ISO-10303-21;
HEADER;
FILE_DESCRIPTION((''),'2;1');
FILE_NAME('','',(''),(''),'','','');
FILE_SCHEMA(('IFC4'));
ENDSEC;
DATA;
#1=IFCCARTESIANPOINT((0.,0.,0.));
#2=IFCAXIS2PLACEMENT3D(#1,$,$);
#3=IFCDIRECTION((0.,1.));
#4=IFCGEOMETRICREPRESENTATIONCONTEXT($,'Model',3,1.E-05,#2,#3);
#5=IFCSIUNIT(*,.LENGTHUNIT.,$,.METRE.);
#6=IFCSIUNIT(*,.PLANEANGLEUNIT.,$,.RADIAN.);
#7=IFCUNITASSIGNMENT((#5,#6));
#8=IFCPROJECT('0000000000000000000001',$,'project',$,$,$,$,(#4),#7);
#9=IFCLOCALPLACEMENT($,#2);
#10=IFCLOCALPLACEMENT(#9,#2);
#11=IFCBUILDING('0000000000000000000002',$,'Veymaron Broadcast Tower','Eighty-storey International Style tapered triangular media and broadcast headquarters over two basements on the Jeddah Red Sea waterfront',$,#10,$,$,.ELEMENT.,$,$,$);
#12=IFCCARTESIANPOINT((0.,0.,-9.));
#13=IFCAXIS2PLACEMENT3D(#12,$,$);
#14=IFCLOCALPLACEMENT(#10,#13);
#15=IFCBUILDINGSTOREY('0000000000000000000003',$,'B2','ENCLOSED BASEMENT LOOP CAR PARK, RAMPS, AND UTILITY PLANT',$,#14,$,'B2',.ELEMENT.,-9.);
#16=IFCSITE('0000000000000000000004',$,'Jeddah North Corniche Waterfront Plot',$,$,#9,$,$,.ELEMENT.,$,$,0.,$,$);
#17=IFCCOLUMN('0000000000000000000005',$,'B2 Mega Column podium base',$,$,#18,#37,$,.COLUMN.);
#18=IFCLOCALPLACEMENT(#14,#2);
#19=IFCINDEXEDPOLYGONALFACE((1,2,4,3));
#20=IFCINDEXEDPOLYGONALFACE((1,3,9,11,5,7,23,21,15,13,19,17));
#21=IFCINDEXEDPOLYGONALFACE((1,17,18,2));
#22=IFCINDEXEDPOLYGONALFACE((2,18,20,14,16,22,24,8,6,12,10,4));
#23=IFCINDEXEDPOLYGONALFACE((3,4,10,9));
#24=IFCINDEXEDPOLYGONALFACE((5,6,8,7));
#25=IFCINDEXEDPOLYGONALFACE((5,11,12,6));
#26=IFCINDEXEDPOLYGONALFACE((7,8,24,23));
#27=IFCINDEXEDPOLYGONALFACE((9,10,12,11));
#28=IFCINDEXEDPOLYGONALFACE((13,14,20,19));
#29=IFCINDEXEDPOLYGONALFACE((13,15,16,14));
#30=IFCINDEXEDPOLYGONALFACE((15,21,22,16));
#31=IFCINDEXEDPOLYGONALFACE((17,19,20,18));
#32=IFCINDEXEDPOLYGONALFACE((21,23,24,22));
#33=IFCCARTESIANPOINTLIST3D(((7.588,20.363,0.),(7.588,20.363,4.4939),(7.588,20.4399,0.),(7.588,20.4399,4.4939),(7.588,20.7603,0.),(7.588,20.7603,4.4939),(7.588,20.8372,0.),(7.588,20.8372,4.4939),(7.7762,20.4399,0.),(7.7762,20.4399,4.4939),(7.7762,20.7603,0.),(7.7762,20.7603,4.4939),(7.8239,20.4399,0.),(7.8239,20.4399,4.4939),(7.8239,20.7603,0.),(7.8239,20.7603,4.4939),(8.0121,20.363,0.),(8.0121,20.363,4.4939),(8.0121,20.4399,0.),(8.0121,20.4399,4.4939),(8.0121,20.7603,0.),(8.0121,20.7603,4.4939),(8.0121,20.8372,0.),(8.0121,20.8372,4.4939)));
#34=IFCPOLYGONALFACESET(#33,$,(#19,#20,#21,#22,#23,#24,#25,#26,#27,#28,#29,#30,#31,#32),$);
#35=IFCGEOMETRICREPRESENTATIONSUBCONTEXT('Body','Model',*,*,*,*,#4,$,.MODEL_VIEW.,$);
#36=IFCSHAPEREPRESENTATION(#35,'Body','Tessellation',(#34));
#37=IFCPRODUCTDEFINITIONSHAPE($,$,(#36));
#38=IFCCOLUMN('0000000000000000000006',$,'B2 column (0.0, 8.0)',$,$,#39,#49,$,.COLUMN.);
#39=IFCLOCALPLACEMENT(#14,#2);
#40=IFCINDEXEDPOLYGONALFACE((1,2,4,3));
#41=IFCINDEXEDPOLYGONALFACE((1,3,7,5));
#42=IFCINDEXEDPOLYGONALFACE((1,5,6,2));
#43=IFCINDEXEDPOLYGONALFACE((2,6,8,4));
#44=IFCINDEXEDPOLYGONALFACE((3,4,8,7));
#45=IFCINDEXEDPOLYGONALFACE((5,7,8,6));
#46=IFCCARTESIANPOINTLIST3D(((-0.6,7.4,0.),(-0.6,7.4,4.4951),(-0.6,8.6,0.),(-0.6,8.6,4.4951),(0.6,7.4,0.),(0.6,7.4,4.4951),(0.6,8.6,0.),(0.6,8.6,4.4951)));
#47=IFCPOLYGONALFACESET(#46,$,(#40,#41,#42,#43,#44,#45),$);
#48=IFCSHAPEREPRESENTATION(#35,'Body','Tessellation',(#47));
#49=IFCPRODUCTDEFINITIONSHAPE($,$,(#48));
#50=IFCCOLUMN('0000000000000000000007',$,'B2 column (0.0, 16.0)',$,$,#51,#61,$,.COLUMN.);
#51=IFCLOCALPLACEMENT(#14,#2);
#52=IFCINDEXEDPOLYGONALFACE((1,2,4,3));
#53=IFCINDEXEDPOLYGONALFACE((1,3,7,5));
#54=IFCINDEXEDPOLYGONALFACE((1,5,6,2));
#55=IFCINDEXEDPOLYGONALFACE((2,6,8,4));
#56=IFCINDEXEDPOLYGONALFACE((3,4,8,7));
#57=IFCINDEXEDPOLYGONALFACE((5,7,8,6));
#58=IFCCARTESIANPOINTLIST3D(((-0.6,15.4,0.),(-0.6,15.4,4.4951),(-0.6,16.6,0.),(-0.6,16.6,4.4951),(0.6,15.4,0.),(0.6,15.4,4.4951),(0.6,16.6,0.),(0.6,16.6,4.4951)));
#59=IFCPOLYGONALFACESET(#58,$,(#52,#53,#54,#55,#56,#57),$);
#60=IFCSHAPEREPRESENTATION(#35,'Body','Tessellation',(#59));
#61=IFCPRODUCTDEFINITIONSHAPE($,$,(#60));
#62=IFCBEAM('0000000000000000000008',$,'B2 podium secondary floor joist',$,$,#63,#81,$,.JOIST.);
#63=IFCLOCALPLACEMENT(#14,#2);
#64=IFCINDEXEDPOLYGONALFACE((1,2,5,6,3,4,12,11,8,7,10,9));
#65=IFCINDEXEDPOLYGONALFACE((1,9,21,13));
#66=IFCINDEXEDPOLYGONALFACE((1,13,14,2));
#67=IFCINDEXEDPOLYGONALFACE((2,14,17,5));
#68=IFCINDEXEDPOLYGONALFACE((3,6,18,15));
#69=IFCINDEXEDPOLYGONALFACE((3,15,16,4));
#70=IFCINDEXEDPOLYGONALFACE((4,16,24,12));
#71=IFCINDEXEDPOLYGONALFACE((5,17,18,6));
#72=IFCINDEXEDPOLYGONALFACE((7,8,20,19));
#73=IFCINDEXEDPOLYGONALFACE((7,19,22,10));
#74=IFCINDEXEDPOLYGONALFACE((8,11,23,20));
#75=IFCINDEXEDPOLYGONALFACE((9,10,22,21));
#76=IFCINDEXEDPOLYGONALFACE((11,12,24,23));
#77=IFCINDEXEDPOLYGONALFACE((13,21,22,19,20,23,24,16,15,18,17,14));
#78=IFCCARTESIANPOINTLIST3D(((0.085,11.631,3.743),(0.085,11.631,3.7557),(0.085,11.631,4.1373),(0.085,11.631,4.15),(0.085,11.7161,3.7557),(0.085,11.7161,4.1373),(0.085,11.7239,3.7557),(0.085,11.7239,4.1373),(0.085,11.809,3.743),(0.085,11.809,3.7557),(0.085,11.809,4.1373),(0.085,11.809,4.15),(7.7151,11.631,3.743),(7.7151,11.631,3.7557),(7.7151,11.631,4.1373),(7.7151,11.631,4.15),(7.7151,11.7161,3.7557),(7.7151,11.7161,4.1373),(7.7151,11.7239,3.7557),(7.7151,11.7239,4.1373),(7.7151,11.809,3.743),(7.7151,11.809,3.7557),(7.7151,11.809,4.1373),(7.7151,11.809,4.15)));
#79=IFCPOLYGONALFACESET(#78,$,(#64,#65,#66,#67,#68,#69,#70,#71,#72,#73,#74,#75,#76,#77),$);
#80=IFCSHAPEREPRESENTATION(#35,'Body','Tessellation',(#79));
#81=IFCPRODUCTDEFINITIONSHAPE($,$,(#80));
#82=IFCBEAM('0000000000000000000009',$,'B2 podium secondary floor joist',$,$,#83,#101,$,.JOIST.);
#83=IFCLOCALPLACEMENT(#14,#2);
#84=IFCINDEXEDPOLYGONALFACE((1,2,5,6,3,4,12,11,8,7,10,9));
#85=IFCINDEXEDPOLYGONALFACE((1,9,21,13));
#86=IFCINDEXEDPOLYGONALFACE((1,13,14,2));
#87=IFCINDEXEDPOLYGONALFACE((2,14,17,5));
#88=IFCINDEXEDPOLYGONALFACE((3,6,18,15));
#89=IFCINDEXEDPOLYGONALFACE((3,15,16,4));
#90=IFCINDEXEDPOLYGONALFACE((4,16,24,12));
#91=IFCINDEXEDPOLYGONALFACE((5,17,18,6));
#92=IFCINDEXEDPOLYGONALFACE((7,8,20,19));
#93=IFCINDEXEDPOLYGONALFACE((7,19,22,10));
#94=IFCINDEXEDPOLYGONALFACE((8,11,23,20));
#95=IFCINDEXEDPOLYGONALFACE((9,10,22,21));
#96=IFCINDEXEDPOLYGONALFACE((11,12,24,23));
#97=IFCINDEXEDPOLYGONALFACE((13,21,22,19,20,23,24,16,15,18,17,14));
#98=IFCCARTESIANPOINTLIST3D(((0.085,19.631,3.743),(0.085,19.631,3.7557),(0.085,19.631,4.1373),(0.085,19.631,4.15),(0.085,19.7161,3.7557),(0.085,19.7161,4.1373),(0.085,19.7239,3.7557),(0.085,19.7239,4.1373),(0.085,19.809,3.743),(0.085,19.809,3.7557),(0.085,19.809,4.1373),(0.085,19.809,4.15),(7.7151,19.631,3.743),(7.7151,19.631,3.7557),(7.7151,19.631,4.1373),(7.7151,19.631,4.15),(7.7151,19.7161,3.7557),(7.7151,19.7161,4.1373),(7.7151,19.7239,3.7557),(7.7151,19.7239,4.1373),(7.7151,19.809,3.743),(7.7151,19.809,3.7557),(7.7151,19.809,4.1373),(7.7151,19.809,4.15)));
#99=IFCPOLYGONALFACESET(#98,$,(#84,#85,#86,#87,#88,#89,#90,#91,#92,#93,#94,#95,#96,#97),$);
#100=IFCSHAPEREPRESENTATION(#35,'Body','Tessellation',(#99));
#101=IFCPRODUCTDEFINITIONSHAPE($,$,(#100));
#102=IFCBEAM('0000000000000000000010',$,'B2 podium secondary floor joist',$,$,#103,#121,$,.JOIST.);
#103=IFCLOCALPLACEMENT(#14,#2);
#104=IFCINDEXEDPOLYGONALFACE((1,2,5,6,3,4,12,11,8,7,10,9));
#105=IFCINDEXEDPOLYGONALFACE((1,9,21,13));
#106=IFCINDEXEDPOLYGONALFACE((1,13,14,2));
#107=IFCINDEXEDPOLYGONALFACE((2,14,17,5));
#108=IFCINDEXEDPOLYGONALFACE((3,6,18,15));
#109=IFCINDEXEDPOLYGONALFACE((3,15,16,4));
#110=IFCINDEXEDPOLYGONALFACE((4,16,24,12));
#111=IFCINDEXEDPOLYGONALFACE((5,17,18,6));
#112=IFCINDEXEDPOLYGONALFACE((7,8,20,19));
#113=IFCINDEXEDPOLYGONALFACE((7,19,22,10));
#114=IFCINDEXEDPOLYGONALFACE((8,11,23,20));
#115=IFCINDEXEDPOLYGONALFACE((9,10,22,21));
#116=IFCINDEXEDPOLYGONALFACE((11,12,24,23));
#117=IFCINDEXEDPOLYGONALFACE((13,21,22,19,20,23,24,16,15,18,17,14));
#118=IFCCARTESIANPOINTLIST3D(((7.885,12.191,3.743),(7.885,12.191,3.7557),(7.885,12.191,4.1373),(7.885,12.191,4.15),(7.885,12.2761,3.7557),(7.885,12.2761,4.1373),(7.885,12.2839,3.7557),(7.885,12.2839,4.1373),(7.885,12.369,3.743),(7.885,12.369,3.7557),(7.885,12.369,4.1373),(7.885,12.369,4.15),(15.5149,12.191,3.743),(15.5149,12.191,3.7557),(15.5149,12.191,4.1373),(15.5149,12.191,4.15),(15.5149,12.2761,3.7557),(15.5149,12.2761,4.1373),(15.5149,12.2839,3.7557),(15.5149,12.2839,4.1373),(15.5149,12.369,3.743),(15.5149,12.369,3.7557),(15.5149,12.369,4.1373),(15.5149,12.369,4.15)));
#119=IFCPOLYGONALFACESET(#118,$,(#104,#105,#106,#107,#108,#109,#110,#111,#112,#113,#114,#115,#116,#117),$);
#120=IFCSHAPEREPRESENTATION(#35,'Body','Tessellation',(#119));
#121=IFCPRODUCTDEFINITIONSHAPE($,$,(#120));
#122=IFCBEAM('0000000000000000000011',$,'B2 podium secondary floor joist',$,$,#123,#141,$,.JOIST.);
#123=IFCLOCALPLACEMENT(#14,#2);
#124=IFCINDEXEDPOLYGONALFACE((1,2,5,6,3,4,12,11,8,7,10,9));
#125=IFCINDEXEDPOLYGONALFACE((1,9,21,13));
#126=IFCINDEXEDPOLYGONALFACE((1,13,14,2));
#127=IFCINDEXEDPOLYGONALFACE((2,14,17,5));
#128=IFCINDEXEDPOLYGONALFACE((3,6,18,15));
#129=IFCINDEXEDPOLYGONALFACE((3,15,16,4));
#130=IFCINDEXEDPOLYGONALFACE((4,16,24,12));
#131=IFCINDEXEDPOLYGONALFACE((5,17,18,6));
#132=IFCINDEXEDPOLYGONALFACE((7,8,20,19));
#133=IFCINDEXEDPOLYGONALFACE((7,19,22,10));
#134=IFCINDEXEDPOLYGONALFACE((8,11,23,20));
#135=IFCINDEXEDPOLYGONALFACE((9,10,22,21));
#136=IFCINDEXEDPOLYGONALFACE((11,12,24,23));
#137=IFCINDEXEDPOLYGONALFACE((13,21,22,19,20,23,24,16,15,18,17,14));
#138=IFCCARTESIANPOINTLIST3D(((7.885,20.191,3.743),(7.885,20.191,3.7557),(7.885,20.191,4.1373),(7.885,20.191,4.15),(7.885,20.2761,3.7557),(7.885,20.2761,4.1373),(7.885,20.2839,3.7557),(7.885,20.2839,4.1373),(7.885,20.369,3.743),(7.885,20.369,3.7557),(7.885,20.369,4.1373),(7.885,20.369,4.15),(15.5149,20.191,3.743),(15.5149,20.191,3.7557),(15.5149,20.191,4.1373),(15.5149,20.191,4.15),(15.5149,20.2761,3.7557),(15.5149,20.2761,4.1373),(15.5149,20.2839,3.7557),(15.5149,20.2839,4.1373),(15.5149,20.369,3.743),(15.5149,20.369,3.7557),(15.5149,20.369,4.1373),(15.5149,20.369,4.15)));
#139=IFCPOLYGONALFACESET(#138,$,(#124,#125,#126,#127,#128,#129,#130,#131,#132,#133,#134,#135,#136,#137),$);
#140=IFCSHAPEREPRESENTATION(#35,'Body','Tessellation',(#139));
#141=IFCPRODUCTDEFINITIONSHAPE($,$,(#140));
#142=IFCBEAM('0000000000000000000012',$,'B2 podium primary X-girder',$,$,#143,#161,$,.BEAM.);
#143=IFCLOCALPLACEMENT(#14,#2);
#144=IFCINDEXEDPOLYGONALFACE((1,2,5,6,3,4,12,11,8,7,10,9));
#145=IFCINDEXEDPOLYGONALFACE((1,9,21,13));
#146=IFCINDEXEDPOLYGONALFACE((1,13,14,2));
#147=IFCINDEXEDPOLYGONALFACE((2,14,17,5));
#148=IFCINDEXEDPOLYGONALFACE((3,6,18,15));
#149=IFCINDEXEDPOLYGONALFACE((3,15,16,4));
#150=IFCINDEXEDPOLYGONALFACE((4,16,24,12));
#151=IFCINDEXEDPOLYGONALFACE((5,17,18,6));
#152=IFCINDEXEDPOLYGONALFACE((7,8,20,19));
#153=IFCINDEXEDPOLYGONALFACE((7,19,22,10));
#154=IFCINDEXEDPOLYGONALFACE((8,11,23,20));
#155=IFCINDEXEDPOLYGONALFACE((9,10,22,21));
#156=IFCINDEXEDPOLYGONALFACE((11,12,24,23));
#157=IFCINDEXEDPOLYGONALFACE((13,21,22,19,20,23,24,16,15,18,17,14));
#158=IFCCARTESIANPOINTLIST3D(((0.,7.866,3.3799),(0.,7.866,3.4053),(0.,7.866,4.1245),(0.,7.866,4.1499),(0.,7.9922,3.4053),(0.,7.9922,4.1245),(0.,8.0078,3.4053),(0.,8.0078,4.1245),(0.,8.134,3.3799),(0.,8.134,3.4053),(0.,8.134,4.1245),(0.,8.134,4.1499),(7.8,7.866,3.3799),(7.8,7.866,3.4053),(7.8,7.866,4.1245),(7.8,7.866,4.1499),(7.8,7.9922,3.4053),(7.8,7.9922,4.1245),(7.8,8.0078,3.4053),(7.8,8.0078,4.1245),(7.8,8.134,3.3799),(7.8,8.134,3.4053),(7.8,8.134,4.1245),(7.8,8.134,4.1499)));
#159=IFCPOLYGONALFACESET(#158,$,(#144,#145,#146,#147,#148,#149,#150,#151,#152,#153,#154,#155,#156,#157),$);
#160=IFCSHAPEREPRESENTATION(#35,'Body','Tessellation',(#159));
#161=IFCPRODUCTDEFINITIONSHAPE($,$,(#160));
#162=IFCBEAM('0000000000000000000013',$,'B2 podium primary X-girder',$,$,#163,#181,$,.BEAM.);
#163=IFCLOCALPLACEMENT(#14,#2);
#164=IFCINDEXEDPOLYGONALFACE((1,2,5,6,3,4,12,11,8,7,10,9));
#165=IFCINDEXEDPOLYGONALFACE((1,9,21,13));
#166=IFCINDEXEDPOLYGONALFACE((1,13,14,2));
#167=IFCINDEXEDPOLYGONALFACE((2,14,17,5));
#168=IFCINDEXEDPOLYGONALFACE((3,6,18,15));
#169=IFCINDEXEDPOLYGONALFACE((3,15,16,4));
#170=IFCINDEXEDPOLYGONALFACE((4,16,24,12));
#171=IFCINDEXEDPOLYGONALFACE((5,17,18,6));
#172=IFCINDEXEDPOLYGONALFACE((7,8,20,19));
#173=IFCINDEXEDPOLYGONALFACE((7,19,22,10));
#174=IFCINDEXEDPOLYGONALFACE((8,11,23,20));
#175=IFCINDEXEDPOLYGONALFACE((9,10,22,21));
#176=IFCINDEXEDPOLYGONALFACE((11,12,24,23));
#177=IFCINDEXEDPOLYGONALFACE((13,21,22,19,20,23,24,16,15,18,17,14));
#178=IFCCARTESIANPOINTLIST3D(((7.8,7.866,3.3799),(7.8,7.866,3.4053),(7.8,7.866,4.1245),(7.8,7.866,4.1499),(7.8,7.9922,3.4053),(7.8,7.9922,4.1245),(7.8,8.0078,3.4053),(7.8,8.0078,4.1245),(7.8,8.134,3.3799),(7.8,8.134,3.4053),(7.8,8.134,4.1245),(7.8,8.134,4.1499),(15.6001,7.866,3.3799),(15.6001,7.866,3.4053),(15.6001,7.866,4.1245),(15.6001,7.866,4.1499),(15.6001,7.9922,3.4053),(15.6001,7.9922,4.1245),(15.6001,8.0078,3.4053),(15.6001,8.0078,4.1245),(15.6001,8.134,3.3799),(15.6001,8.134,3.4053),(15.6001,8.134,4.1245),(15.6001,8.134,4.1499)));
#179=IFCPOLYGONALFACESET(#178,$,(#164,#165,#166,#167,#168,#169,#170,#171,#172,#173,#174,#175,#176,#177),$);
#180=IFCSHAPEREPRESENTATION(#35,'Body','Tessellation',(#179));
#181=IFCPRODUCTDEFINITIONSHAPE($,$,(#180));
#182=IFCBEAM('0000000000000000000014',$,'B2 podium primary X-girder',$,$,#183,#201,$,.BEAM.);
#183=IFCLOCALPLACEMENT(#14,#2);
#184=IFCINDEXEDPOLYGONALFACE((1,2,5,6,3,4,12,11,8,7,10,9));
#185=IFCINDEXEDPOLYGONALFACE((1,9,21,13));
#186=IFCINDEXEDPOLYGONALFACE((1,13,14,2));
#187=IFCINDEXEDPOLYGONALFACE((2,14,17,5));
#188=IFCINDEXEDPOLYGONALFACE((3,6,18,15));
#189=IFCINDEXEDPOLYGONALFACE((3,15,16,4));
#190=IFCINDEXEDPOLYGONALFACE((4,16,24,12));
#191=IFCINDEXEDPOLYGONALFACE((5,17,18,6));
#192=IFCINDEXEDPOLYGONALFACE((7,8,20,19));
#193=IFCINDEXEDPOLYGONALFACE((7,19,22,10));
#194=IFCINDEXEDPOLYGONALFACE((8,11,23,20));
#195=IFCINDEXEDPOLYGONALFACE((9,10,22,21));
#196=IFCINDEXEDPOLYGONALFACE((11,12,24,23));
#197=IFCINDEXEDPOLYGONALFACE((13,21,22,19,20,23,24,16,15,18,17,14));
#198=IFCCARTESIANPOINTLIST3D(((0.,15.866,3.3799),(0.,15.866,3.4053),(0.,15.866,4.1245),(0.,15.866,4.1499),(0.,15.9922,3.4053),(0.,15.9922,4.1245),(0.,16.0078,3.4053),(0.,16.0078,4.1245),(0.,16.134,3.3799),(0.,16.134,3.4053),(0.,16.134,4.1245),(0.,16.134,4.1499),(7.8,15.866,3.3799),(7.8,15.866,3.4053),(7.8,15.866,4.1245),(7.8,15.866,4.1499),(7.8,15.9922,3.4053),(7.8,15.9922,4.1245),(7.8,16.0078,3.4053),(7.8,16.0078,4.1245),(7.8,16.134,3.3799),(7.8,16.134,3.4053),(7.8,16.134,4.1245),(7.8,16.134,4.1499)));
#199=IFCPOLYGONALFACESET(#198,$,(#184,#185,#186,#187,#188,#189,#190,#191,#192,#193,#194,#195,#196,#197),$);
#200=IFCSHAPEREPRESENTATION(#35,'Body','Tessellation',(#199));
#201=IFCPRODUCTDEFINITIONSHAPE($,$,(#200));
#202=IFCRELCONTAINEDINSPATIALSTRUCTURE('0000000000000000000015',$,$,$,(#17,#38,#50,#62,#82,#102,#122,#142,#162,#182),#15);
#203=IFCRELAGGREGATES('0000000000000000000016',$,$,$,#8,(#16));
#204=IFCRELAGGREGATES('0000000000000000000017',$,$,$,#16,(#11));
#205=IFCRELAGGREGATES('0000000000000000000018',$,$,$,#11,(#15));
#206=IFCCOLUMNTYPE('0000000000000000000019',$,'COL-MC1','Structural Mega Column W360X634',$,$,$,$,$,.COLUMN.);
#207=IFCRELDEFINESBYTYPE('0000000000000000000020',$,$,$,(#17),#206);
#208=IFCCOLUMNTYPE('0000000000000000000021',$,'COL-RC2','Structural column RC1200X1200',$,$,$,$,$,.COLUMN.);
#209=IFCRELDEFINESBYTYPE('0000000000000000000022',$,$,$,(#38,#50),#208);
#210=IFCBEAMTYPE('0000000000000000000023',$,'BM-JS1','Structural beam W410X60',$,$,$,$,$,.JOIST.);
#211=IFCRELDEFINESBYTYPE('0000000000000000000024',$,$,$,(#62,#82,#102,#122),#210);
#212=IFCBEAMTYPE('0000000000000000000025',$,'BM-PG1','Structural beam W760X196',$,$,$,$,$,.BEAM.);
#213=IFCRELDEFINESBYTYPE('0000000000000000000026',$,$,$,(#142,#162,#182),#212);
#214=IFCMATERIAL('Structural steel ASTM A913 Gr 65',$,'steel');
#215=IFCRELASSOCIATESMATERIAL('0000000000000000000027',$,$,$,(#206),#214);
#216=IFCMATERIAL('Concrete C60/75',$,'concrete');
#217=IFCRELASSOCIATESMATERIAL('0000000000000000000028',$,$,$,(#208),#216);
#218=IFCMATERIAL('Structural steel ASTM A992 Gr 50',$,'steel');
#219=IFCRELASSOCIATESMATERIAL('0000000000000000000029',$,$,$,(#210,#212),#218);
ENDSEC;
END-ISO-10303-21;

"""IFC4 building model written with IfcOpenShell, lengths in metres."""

from ifc_helpers import new_model, si_unit, direction, frame, origin, origin_2d, place, context, subcontext, project, spatial, rectangle, i_section, extrude, material, material_profile, profile_set, type_object, element, save


model = new_model("IFC4")

# Units and contexts
model_context = context("Model", 3, precision=1e-05, world=origin(), true_north=direction((0.0, 1.0)))
body_context = subcontext(model_context, "Body", "Model", "MODEL_VIEW")
ifc_project = project(units=[si_unit("LENGTHUNIT", "METRE"), si_unit("PLANEANGLEUNIT", "RADIAN")], contexts=[model_context])

# Site, building, storey
site_placement = place(None, origin())
site = spatial("IfcSite", under=ifc_project, at=site_placement, Name="Jeddah North Corniche Waterfront Plot", CompositionType="ELEMENT", RefElevation=0.0)
building_placement = place(site_placement, origin())
building = spatial("IfcBuilding", under=site, at=building_placement, Name="Veymaron Broadcast Tower", Description="Eighty-storey International Style tapered triangular media and broadcast headquarters over two basements on the Jeddah Red Sea waterfront", CompositionType="ELEMENT")
storey_placement = place(building_placement, frame((0.0, 0.0, -9.0)))
storey = spatial("IfcBuildingStorey", under=building, at=storey_placement, Name="B2", Description="ENCLOSED BASEMENT LOOP CAR PARK, RAMPS, AND UTILITY PLANT", LongName="B2", CompositionType="ELEMENT", Elevation=-9.0)

# Columns
ifc_material_1 = material(Name="Structural steel ASTM A913 Gr 65", Category="steel")
ifc_material_profile_1 = material_profile(ifc_material_1, i_section(OverallWidth=0.4241, OverallDepth=0.4741, WebThickness=0.0476, FlangeThickness=0.0769, at=origin_2d()), Name="W360X634")
ifc_profile_set_1 = profile_set([ifc_material_profile_1], Name="Structural steel ASTM A913 Gr 65")
column_type_1 = type_object("IfcColumnType", Name="COL-MC1", Description="Structural Mega Column W360X634", PredefinedType="COLUMN", material=ifc_profile_set_1)
column_placement = place(storey_placement, frame((7.8, 20.6001, 0.0), z_axis=(0.0, 0.0, 1.0), x_axis=(1.0, 0.0, 0.0)))
element("IfcColumn", 1, at=column_placement, inside=storey, type_object=column_type_1, Name="B2 Mega Column podium base", PredefinedType="COLUMN", context=body_context, shape_type="SweptSolid", body=[
    extrude(i_section(OverallWidth=0.4241, OverallDepth=0.4741, WebThickness=0.0476, FlangeThickness=0.0769, at=origin_2d()), origin(), (0.0, 0.0, 1.0), 4.4939),
])
ifc_material_2 = material(Name="Concrete C60/75", Category="concrete")
ifc_material_profile_2 = material_profile(ifc_material_2, rectangle(XDim=1.2, YDim=1.2, at=origin_2d()), Name="RC1200X1200")
ifc_profile_set_2 = profile_set([ifc_material_profile_2], Name="Concrete C60/75")
column_type_2 = type_object("IfcColumnType", Name="COL-RC2", Description="Structural column RC1200X1200", PredefinedType="COLUMN", material=ifc_profile_set_2)
for number, where, z_axis, x_axis, name in (
    (2, (0.0, 8.0, 0.0), (0.0, 0.0, 1.0), (1.0, 0.0, 0.0), "B2 column (0.0, 8.0)"),
    (3, (0.0, 16.0, 0.0), (0.0, 0.0, 1.0), (1.0, 0.0, 0.0), "B2 column (0.0, 16.0)"),
):
    element("IfcColumn", number, at=place(storey_placement, frame(where, z_axis=z_axis, x_axis=x_axis)), inside=storey, type_object=column_type_2, Name=name, PredefinedType="COLUMN", context=body_context, shape_type="SweptSolid", body=[
        extrude(rectangle(XDim=1.2, YDim=1.2, at=origin_2d()), origin(), (0.0, 0.0, 1.0), 4.4951),
    ])

# Beams
ifc_material_3 = material(Name="Structural steel ASTM A992 Gr 50", Category="steel")
ifc_material_profile_3 = material_profile(ifc_material_3, i_section(OverallWidth=0.178, OverallDepth=0.407, WebThickness=0.0078, FlangeThickness=0.0127, at=origin_2d()), Name="W410X60")
ifc_profile_set_3 = profile_set([ifc_material_profile_3], Name="Structural steel ASTM A992 Gr 50")
beam_type_1 = type_object("IfcBeamType", Name="BM-JS1", Description="Structural beam W410X60", PredefinedType="JOIST", material=ifc_profile_set_3)
for number, where, z_axis, x_axis, name in (
    (4, (0.085, 11.72, 3.9465), (1.0, 0.0, 0.0), (0.0, 1.0, 0.0), "B2 podium secondary floor joist"),
    (5, (0.085, 19.72, 3.9465), (1.0, 0.0, 0.0), (0.0, 1.0, 0.0), "B2 podium secondary floor joist"),
):
    element("IfcBeam", number, at=place(storey_placement, frame(where, z_axis=z_axis, x_axis=x_axis)), inside=storey, type_object=beam_type_1, Name=name, PredefinedType="JOIST", context=body_context, shape_type="SweptSolid", body=[
        extrude(i_section(OverallWidth=0.178, OverallDepth=0.407, WebThickness=0.0078, FlangeThickness=0.0127, at=origin_2d()), origin(), (0.0, 0.0, 1.0), 7.6301),
    ])
for number, where, z_axis, x_axis, name in (
    (6, (7.885, 12.28, 3.9465), (1.0, 0.0, 0.0), (0.0, 1.0, 0.0), "B2 podium secondary floor joist"),
    (7, (7.885, 20.28, 3.9465), (1.0, 0.0, 0.0), (0.0, 1.0, 0.0), "B2 podium secondary floor joist"),
):
    element("IfcBeam", number, at=place(storey_placement, frame(where, z_axis=z_axis, x_axis=x_axis)), inside=storey, type_object=beam_type_1, Name=name, PredefinedType="JOIST", context=body_context, shape_type="SweptSolid", body=[
        extrude(i_section(OverallWidth=0.178, OverallDepth=0.407, WebThickness=0.0078, FlangeThickness=0.0127, at=origin_2d()), origin(), (0.0, 0.0, 1.0), 7.6299),
    ])
ifc_material_profile_4 = material_profile(ifc_material_3, i_section(OverallWidth=0.2681, OverallDepth=0.77, WebThickness=0.0156, FlangeThickness=0.0254, at=origin_2d()), Name="W760X196")
ifc_profile_set_4 = profile_set([ifc_material_profile_4], Name="Structural steel ASTM A992 Gr 50")
beam_type_2 = type_object("IfcBeamType", Name="BM-PG1", Description="Structural beam W760X196", PredefinedType="BEAM", material=ifc_profile_set_4)
for number, where, z_axis, x_axis, name in (
    (8, (0.0, 8.0, 3.7649), (1.0, 0.0, 0.0), (0.0, 1.0, 0.0), "B2 podium primary X-girder"),
    (9, (7.8, 8.0, 3.7649), (1.0, 0.0, 0.0), (0.0, 1.0, 0.0), "B2 podium primary X-girder"),
    (10, (0.0, 16.0, 3.7649), (1.0, 0.0, 0.0), (0.0, 1.0, 0.0), "B2 podium primary X-girder"),
):
    element("IfcBeam", number, at=place(storey_placement, frame(where, z_axis=z_axis, x_axis=x_axis)), inside=storey, type_object=beam_type_2, Name=name, PredefinedType="BEAM", context=body_context, shape_type="SweptSolid", body=[
        extrude(i_section(OverallWidth=0.2681, OverallDepth=0.77, WebThickness=0.0156, FlangeThickness=0.0254, at=origin_2d()), origin(), (0.0, 0.0, 1.0), 7.8),
    ])

save(model, "model.ifc")
